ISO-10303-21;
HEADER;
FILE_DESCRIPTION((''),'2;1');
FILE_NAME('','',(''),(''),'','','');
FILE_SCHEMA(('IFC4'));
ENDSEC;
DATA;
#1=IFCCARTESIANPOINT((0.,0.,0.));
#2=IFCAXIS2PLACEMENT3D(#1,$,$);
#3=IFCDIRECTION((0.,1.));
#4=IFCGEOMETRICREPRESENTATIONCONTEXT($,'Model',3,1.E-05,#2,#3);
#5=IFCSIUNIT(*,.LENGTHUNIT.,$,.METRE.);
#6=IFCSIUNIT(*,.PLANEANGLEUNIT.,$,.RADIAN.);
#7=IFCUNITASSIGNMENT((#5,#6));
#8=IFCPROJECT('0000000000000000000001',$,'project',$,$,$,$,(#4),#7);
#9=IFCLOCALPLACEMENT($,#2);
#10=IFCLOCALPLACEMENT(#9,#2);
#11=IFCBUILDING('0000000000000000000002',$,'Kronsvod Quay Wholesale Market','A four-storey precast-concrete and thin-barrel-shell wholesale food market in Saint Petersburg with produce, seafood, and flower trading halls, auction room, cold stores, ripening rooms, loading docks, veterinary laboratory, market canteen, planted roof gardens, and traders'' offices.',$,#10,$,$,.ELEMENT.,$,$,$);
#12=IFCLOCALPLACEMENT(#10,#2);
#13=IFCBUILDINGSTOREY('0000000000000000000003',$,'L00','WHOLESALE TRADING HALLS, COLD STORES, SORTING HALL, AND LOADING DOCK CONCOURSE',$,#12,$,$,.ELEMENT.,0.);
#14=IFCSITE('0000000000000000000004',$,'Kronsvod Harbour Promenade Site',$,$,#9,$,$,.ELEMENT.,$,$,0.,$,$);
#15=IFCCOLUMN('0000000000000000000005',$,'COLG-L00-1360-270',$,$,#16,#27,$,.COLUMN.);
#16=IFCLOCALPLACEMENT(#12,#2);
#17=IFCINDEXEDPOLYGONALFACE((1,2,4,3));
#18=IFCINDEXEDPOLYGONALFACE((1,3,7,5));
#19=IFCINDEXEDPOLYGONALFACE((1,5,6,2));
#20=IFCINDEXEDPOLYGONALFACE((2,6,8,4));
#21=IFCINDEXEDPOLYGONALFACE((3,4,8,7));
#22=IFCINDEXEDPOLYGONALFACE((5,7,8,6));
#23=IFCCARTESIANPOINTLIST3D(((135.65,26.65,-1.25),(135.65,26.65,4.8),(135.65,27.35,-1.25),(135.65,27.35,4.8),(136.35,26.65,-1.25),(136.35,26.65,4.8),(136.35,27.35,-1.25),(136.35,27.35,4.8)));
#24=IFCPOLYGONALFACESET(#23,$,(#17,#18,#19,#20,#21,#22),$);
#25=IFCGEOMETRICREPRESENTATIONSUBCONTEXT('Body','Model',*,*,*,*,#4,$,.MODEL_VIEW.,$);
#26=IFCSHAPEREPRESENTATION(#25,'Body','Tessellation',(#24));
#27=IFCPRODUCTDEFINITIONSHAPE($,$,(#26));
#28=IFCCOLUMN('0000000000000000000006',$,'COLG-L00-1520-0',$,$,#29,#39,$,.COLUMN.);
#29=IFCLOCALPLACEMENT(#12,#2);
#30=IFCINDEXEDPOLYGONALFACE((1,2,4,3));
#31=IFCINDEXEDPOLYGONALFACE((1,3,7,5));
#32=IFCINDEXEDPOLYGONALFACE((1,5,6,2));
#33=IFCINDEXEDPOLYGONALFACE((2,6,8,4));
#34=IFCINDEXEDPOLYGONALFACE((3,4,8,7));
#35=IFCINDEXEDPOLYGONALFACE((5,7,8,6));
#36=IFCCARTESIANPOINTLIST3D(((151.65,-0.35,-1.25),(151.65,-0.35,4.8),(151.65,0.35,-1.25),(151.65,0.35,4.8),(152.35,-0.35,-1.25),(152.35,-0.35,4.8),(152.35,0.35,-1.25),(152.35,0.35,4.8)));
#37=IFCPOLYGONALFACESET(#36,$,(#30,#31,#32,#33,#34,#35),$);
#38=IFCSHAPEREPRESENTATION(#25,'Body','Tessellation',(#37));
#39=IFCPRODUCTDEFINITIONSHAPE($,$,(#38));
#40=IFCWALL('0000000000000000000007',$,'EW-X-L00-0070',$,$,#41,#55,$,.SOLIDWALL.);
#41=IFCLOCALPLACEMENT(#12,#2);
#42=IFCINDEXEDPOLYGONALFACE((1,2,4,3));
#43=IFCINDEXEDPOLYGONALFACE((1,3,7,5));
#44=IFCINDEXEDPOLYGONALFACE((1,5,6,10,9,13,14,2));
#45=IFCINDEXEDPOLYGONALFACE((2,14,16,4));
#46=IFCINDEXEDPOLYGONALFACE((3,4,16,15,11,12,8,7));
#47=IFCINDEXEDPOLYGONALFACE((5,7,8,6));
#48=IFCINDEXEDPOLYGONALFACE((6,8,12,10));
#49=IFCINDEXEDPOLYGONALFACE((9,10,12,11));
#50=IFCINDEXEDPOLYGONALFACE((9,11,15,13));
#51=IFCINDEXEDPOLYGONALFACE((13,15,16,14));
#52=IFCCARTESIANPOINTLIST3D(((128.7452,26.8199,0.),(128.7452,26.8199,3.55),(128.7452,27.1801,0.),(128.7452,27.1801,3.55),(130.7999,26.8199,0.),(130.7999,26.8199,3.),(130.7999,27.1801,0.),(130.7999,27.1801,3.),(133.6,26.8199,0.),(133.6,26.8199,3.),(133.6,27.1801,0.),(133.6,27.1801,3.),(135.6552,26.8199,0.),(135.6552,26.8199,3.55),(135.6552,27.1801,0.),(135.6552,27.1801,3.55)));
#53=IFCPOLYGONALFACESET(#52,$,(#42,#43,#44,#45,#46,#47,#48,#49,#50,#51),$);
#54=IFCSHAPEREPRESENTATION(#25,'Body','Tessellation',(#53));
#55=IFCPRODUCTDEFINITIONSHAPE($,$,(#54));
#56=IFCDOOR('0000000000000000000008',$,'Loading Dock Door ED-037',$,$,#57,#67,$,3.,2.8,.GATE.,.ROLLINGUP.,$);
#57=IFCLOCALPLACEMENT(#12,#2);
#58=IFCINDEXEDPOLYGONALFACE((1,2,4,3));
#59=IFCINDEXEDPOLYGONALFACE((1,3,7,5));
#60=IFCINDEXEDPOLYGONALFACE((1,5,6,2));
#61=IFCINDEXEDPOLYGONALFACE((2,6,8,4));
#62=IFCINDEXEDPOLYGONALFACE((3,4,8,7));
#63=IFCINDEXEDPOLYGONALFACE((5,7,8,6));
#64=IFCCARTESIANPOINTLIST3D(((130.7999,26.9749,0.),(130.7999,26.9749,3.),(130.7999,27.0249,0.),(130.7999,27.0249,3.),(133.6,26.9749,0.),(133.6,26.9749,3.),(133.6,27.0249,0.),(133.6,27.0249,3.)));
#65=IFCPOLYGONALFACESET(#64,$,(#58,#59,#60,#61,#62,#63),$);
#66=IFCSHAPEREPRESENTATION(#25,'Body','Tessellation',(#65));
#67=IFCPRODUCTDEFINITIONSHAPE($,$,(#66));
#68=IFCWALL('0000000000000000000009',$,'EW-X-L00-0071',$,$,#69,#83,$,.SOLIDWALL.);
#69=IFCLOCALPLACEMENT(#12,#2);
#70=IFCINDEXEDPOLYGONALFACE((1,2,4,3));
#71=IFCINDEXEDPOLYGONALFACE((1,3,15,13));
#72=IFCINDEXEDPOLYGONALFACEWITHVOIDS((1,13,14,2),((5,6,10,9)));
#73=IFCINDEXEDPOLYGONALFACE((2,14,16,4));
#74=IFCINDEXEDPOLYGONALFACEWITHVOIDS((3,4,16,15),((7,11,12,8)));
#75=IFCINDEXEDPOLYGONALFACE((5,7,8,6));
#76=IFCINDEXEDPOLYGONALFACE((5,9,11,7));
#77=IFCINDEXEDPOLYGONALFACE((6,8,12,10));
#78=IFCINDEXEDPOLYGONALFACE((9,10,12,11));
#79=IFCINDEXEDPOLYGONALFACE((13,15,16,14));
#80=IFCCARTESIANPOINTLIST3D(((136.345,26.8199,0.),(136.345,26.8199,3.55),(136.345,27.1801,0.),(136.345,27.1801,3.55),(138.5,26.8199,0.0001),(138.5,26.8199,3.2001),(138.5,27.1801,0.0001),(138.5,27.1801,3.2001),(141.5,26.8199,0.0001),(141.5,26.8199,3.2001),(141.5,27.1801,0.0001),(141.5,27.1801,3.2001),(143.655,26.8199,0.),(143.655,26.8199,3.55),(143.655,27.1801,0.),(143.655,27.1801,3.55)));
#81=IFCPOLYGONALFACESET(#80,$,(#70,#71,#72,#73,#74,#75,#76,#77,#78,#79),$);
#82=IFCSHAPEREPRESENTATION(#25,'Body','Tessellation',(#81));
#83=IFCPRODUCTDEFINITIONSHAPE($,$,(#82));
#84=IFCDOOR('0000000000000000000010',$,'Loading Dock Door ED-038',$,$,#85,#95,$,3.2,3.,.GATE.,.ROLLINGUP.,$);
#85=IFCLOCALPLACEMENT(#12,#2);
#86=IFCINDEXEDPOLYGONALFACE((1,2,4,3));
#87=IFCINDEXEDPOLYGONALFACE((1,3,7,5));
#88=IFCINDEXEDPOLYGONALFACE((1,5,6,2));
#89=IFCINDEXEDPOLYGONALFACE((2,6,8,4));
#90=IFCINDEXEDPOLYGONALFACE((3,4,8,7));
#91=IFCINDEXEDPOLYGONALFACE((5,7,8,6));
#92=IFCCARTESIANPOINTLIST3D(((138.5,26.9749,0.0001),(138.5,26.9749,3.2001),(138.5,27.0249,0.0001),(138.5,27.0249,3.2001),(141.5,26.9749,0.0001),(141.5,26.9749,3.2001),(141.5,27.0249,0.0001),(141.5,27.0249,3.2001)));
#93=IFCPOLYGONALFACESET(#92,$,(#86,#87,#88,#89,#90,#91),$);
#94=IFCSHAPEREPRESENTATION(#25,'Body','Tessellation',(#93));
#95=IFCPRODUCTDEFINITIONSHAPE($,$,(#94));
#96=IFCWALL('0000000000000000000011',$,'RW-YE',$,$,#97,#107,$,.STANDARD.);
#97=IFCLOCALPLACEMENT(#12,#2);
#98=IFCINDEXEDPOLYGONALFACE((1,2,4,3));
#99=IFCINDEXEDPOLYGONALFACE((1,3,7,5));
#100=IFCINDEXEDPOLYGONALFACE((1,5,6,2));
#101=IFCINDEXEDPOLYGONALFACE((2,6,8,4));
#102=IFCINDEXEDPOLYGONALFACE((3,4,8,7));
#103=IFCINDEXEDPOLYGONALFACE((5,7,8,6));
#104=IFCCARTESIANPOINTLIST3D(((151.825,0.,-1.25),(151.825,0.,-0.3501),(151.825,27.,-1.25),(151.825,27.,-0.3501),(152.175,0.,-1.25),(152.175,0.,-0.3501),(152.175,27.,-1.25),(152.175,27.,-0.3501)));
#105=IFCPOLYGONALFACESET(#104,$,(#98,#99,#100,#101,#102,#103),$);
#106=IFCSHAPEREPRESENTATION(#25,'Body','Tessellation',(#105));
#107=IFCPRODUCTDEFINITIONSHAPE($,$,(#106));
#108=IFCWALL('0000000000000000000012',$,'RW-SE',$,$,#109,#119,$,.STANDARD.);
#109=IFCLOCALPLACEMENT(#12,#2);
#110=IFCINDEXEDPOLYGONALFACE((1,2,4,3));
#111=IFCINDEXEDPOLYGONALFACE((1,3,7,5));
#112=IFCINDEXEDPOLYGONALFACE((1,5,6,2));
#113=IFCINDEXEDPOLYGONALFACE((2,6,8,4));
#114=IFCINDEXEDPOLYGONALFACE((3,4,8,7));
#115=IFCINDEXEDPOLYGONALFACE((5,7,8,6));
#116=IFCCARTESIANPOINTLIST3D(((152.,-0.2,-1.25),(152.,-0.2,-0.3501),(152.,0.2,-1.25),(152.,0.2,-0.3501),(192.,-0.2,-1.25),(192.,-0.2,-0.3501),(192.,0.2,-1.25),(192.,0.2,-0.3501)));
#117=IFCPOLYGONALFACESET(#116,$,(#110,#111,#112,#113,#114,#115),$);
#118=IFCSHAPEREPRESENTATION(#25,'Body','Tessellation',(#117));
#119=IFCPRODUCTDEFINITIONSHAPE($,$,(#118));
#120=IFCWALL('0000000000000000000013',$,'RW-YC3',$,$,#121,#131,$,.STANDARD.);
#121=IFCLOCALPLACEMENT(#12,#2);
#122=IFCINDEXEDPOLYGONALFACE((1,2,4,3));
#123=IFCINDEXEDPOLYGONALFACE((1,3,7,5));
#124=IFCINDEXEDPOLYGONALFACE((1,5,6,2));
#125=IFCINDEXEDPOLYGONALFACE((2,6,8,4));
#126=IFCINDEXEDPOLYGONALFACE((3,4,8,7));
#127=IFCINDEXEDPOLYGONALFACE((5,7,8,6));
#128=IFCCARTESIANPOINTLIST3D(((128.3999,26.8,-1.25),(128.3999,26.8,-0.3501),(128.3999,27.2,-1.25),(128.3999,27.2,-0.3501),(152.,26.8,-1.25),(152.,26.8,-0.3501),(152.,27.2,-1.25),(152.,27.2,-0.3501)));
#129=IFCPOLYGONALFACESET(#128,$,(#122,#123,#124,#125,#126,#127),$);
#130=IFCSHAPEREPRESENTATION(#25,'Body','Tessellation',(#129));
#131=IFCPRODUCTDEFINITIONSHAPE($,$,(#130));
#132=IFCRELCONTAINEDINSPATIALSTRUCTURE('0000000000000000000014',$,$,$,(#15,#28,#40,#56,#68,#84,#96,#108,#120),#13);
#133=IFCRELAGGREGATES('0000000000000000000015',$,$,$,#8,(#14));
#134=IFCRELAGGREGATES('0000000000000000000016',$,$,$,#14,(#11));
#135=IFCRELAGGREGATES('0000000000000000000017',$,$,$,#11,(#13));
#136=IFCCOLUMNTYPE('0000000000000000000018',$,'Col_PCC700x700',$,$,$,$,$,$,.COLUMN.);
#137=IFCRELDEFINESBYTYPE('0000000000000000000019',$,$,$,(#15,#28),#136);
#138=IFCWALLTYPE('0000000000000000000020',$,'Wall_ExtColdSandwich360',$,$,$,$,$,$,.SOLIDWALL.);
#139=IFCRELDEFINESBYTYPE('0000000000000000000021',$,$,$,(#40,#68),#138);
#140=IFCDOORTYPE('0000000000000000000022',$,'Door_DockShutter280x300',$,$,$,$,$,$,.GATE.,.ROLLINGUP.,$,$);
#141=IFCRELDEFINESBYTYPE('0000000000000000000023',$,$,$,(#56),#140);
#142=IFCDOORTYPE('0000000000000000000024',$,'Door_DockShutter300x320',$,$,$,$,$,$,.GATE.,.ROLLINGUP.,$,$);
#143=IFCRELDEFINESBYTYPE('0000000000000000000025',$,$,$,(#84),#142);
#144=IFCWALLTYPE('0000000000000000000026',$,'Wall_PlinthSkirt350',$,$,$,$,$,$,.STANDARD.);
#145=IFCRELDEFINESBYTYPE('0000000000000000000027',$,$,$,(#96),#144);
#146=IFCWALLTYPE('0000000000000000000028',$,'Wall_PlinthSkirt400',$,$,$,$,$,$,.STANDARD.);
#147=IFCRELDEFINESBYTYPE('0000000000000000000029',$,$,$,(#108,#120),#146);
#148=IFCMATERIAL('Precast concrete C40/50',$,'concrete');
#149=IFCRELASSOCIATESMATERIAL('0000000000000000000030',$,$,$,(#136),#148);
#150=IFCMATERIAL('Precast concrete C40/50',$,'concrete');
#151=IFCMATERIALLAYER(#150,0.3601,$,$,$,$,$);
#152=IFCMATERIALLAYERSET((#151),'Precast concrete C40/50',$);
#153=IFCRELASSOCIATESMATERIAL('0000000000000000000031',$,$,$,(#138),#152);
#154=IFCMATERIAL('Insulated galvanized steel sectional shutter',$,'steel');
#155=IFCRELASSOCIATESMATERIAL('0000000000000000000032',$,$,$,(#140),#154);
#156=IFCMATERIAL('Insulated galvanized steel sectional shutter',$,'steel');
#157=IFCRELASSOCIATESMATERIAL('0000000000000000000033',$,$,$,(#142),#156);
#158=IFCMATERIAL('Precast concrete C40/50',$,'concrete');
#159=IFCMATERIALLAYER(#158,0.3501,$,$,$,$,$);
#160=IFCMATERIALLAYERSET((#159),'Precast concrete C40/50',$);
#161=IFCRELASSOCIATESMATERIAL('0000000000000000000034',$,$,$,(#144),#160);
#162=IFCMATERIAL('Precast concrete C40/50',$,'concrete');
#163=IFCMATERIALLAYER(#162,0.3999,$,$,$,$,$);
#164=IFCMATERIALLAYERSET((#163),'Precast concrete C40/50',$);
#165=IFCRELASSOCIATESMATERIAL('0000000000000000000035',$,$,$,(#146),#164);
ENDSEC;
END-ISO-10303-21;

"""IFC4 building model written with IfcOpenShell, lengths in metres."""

from ifc_helpers import new_model, si_unit, direction, frame, frame_2d, origin, origin_2d, place, context, subcontext, project, spatial, rectangle, extrude, material, layer, layer_set, material_profile, profile_set, type_object, element, fill, save


model = new_model("IFC4")

# Units and contexts
model_context = context("Model", 3, precision=1e-05, world=origin(), true_north=direction((0.0, 1.0)))
body_context = subcontext(model_context, "Body", "Model", "MODEL_VIEW")
ifc_project = project(units=[si_unit("LENGTHUNIT", "METRE"), si_unit("PLANEANGLEUNIT", "RADIAN")], contexts=[model_context])

# Site, building, storey
site_placement = place(None, origin())
site = spatial("IfcSite", under=ifc_project, at=site_placement, Name="Kronsvod Harbour Promenade Site", CompositionType="ELEMENT", RefElevation=0.0)
building_placement = place(site_placement, origin())
building = spatial("IfcBuilding", under=site, at=building_placement, Name="Kronsvod Quay Wholesale Market", Description="A four-storey precast-concrete and thin-barrel-shell wholesale food market in Saint Petersburg with produce, seafood, and flower trading halls, auction room, cold stores, ripening rooms, loading docks, veterinary laboratory, market canteen, planted roof gardens, and traders' offices.", CompositionType="ELEMENT")
storey_placement = place(building_placement, origin())
storey = spatial("IfcBuildingStorey", under=building, at=storey_placement, Name="L00", Description="WHOLESALE TRADING HALLS, COLD STORES, SORTING HALL, AND LOADING DOCK CONCOURSE", CompositionType="ELEMENT", Elevation=0.0)

# Columns
ifc_material_1 = material(Name="Precast concrete C40/50", Category="concrete")
ifc_material_profile_1 = material_profile(ifc_material_1, rectangle(XDim=0.7, YDim=0.7, at=origin_2d()), Name="PCC700x700")
ifc_profile_set_1 = profile_set([ifc_material_profile_1], Name="Precast concrete C40/50")
column_type = type_object("IfcColumnType", Name="Col_PCC700x700", PredefinedType="COLUMN", material=ifc_profile_set_1)
for number, where, z_axis, x_axis, name in (
    (1, (136.0, 27.0, -1.25), (0.0, 0.0, 1.0), (1.0, 0.0, 0.0), "COLG-L00-1360-270"),
    (2, (152.0, 0.0, -1.25), (0.0, 0.0, 1.0), (1.0, 0.0, 0.0), "COLG-L00-1520-0"),
):
    element("IfcColumn", number, at=place(storey_placement, frame(where, z_axis=z_axis, x_axis=x_axis)), inside=storey, type_object=column_type, Name=name, PredefinedType="COLUMN", context=body_context, shape_type="SweptSolid", body=[
        extrude(rectangle(XDim=0.7, YDim=0.7, at=origin_2d()), origin(), (0.0, 0.0, 1.0), 6.05),
    ])

# Walls, openings, doors
ifc_material_2 = material(Name="Precast concrete C40/50", Category="concrete")
ifc_layer_1 = layer(ifc_material_2, 0.3601)
ifc_layer_set_1 = layer_set([ifc_layer_1], Name="Precast concrete C40/50")
wall_type_1 = type_object("IfcWallType", Name="Wall_ExtColdSandwich360", PredefinedType="SOLIDWALL", material=ifc_layer_set_1)
wall_1_placement = place(storey_placement, frame((128.7451, 27.0, 0.0), z_axis=(0.0, 0.0, 1.0), x_axis=(1.0, 0.0, 0.0)))
wall_1 = element("IfcWall", 3, at=wall_1_placement, inside=storey, type_object=wall_type_1, Name="EW-X-L00-0070", PredefinedType="SOLIDWALL", context=body_context, shape_type="SweptSolid", body=[
    extrude(rectangle(XDim=6.9099, YDim=0.3601, at=frame_2d((3.4551, 0.0))), origin(), (0.0, 0.0, 1.0), 3.55),
])
opening_1_placement = place(wall_1_placement, frame((2.0549, 0.0, 0.0)))
opening_1 = element("IfcOpeningElement", 4, at=opening_1_placement, cuts=wall_1, PredefinedType="OPENING", context=body_context, shape_type="SweptSolid", body=[
    extrude(rectangle(XDim=2.8, YDim=3.0, at=frame_2d((1.3999, 1.5))), frame((0.0, 0.1899, 0.0), z_axis=(0.0, -1.0, 0.0), x_axis=(1.0, 0.0, 0.0)), (0.0, 0.0, 1.0), 0.3801),
])
ifc_material_3 = material(Name="Insulated galvanized steel sectional shutter", Category="steel")
door_type_1 = type_object("IfcDoorType", Name="Door_DockShutter280x300", OperationType="ROLLINGUP", PredefinedType="GATE", material=ifc_material_3)
door_1_placement = place(opening_1_placement, origin())
door_1 = element("IfcDoor", 5, at=door_1_placement, inside=storey, type_object=door_type_1, Name="Loading Dock Door ED-037", OperationType="ROLLINGUP", OverallHeight=3.0, OverallWidth=2.8, PredefinedType="GATE", context=body_context, shape_type="SweptSolid", body=[
    extrude(rectangle(XDim=2.8, YDim=3.0, at=frame_2d((1.3999, 1.5))), frame((0.0, 0.0249, 0.0), z_axis=(0.0, -1.0, 0.0), x_axis=(1.0, 0.0, 0.0)), (0.0, 0.0, 1.0), 0.05),
])
fill(opening_1, door_1)
wall_2_placement = place(storey_placement, frame((136.345, 27.0, 0.0), z_axis=(0.0, 0.0, 1.0), x_axis=(1.0, 0.0, 0.0)))
wall_2 = element("IfcWall", 6, at=wall_2_placement, inside=storey, type_object=wall_type_1, Name="EW-X-L00-0071", PredefinedType="SOLIDWALL", context=body_context, shape_type="SweptSolid", body=[
    extrude(rectangle(XDim=7.3101, YDim=0.3601, at=frame_2d((3.655, 0.0))), origin(), (0.0, 0.0, 1.0), 3.55),
])
opening_2_placement = place(wall_2_placement, frame((2.155, 0.0, 0.0)))
opening_2 = element("IfcOpeningElement", 7, at=opening_2_placement, cuts=wall_2, PredefinedType="OPENING", context=body_context, shape_type="SweptSolid", body=[
    extrude(rectangle(XDim=3.0, YDim=3.2, at=frame_2d((1.5, 1.6001))), frame((0.0, 0.1899, 0.0), z_axis=(0.0, -1.0, 0.0), x_axis=(1.0, 0.0, 0.0)), (0.0, 0.0, 1.0), 0.3801),
])
ifc_material_4 = material(Name="Insulated galvanized steel sectional shutter", Category="steel")
door_type_2 = type_object("IfcDoorType", Name="Door_DockShutter300x320", OperationType="ROLLINGUP", PredefinedType="GATE", material=ifc_material_4)
door_2_placement = place(opening_2_placement, origin())
door_2 = element("IfcDoor", 8, at=door_2_placement, inside=storey, type_object=door_type_2, Name="Loading Dock Door ED-038", OperationType="ROLLINGUP", OverallHeight=3.2, OverallWidth=3.0, PredefinedType="GATE", context=body_context, shape_type="SweptSolid", body=[
    extrude(rectangle(XDim=3.0, YDim=3.2, at=frame_2d((1.5, 1.6001))), frame((0.0, 0.0249, 0.0), z_axis=(0.0, -1.0, 0.0), x_axis=(1.0, 0.0, 0.0)), (0.0, 0.0, 1.0), 0.05),
])
fill(opening_2, door_2)

# Walls
ifc_material_5 = material(Name="Precast concrete C40/50", Category="concrete")
ifc_layer_2 = layer(ifc_material_5, 0.3501)
ifc_layer_set_2 = layer_set([ifc_layer_2], Name="Precast concrete C40/50")
wall_type_2 = type_object("IfcWallType", Name="Wall_PlinthSkirt350", PredefinedType="STANDARD", material=ifc_layer_set_2)
wall_3_placement = place(storey_placement, frame((152.0, 0.0, -1.25), z_axis=(0.0, 0.0, 1.0), x_axis=(0.0, 1.0, 0.0)))
element("IfcWall", 9, at=wall_3_placement, inside=storey, type_object=wall_type_2, Name="RW-YE", PredefinedType="STANDARD", context=body_context, shape_type="SweptSolid", body=[
    extrude(rectangle(XDim=27.0, YDim=0.3501, at=frame_2d((13.5, 0.0))), origin(), (0.0, 0.0, 1.0), 0.8999),
])
ifc_material_6 = material(Name="Precast concrete C40/50", Category="concrete")
ifc_layer_3 = layer(ifc_material_6, 0.3999)
ifc_layer_set_3 = layer_set([ifc_layer_3], Name="Precast concrete C40/50")
wall_type_3 = type_object("IfcWallType", Name="Wall_PlinthSkirt400", PredefinedType="STANDARD", material=ifc_layer_set_3)
wall_4_placement = place(storey_placement, frame((152.0, 0.0, -1.25), z_axis=(0.0, 0.0, 1.0), x_axis=(1.0, 0.0, 0.0)))
element("IfcWall", 10, at=wall_4_placement, inside=storey, type_object=wall_type_3, Name="RW-SE", PredefinedType="STANDARD", context=body_context, shape_type="SweptSolid", body=[
    extrude(rectangle(XDim=40.0, YDim=0.3999, at=frame_2d((20.0, 0.0))), origin(), (0.0, 0.0, 1.0), 0.8999),
])
wall_5_placement = place(storey_placement, frame((128.3999, 27.0, -1.25), z_axis=(0.0, 0.0, 1.0), x_axis=(1.0, 0.0, 0.0)))
element("IfcWall", 11, at=wall_5_placement, inside=storey, type_object=wall_type_3, Name="RW-YC3", PredefinedType="STANDARD", context=body_context, shape_type="SweptSolid", body=[
    extrude(rectangle(XDim=23.6001, YDim=0.3999, at=frame_2d((11.8, 0.0))), origin(), (0.0, 0.0, 1.0), 0.8999),
])

save(model, "model.ifc")
